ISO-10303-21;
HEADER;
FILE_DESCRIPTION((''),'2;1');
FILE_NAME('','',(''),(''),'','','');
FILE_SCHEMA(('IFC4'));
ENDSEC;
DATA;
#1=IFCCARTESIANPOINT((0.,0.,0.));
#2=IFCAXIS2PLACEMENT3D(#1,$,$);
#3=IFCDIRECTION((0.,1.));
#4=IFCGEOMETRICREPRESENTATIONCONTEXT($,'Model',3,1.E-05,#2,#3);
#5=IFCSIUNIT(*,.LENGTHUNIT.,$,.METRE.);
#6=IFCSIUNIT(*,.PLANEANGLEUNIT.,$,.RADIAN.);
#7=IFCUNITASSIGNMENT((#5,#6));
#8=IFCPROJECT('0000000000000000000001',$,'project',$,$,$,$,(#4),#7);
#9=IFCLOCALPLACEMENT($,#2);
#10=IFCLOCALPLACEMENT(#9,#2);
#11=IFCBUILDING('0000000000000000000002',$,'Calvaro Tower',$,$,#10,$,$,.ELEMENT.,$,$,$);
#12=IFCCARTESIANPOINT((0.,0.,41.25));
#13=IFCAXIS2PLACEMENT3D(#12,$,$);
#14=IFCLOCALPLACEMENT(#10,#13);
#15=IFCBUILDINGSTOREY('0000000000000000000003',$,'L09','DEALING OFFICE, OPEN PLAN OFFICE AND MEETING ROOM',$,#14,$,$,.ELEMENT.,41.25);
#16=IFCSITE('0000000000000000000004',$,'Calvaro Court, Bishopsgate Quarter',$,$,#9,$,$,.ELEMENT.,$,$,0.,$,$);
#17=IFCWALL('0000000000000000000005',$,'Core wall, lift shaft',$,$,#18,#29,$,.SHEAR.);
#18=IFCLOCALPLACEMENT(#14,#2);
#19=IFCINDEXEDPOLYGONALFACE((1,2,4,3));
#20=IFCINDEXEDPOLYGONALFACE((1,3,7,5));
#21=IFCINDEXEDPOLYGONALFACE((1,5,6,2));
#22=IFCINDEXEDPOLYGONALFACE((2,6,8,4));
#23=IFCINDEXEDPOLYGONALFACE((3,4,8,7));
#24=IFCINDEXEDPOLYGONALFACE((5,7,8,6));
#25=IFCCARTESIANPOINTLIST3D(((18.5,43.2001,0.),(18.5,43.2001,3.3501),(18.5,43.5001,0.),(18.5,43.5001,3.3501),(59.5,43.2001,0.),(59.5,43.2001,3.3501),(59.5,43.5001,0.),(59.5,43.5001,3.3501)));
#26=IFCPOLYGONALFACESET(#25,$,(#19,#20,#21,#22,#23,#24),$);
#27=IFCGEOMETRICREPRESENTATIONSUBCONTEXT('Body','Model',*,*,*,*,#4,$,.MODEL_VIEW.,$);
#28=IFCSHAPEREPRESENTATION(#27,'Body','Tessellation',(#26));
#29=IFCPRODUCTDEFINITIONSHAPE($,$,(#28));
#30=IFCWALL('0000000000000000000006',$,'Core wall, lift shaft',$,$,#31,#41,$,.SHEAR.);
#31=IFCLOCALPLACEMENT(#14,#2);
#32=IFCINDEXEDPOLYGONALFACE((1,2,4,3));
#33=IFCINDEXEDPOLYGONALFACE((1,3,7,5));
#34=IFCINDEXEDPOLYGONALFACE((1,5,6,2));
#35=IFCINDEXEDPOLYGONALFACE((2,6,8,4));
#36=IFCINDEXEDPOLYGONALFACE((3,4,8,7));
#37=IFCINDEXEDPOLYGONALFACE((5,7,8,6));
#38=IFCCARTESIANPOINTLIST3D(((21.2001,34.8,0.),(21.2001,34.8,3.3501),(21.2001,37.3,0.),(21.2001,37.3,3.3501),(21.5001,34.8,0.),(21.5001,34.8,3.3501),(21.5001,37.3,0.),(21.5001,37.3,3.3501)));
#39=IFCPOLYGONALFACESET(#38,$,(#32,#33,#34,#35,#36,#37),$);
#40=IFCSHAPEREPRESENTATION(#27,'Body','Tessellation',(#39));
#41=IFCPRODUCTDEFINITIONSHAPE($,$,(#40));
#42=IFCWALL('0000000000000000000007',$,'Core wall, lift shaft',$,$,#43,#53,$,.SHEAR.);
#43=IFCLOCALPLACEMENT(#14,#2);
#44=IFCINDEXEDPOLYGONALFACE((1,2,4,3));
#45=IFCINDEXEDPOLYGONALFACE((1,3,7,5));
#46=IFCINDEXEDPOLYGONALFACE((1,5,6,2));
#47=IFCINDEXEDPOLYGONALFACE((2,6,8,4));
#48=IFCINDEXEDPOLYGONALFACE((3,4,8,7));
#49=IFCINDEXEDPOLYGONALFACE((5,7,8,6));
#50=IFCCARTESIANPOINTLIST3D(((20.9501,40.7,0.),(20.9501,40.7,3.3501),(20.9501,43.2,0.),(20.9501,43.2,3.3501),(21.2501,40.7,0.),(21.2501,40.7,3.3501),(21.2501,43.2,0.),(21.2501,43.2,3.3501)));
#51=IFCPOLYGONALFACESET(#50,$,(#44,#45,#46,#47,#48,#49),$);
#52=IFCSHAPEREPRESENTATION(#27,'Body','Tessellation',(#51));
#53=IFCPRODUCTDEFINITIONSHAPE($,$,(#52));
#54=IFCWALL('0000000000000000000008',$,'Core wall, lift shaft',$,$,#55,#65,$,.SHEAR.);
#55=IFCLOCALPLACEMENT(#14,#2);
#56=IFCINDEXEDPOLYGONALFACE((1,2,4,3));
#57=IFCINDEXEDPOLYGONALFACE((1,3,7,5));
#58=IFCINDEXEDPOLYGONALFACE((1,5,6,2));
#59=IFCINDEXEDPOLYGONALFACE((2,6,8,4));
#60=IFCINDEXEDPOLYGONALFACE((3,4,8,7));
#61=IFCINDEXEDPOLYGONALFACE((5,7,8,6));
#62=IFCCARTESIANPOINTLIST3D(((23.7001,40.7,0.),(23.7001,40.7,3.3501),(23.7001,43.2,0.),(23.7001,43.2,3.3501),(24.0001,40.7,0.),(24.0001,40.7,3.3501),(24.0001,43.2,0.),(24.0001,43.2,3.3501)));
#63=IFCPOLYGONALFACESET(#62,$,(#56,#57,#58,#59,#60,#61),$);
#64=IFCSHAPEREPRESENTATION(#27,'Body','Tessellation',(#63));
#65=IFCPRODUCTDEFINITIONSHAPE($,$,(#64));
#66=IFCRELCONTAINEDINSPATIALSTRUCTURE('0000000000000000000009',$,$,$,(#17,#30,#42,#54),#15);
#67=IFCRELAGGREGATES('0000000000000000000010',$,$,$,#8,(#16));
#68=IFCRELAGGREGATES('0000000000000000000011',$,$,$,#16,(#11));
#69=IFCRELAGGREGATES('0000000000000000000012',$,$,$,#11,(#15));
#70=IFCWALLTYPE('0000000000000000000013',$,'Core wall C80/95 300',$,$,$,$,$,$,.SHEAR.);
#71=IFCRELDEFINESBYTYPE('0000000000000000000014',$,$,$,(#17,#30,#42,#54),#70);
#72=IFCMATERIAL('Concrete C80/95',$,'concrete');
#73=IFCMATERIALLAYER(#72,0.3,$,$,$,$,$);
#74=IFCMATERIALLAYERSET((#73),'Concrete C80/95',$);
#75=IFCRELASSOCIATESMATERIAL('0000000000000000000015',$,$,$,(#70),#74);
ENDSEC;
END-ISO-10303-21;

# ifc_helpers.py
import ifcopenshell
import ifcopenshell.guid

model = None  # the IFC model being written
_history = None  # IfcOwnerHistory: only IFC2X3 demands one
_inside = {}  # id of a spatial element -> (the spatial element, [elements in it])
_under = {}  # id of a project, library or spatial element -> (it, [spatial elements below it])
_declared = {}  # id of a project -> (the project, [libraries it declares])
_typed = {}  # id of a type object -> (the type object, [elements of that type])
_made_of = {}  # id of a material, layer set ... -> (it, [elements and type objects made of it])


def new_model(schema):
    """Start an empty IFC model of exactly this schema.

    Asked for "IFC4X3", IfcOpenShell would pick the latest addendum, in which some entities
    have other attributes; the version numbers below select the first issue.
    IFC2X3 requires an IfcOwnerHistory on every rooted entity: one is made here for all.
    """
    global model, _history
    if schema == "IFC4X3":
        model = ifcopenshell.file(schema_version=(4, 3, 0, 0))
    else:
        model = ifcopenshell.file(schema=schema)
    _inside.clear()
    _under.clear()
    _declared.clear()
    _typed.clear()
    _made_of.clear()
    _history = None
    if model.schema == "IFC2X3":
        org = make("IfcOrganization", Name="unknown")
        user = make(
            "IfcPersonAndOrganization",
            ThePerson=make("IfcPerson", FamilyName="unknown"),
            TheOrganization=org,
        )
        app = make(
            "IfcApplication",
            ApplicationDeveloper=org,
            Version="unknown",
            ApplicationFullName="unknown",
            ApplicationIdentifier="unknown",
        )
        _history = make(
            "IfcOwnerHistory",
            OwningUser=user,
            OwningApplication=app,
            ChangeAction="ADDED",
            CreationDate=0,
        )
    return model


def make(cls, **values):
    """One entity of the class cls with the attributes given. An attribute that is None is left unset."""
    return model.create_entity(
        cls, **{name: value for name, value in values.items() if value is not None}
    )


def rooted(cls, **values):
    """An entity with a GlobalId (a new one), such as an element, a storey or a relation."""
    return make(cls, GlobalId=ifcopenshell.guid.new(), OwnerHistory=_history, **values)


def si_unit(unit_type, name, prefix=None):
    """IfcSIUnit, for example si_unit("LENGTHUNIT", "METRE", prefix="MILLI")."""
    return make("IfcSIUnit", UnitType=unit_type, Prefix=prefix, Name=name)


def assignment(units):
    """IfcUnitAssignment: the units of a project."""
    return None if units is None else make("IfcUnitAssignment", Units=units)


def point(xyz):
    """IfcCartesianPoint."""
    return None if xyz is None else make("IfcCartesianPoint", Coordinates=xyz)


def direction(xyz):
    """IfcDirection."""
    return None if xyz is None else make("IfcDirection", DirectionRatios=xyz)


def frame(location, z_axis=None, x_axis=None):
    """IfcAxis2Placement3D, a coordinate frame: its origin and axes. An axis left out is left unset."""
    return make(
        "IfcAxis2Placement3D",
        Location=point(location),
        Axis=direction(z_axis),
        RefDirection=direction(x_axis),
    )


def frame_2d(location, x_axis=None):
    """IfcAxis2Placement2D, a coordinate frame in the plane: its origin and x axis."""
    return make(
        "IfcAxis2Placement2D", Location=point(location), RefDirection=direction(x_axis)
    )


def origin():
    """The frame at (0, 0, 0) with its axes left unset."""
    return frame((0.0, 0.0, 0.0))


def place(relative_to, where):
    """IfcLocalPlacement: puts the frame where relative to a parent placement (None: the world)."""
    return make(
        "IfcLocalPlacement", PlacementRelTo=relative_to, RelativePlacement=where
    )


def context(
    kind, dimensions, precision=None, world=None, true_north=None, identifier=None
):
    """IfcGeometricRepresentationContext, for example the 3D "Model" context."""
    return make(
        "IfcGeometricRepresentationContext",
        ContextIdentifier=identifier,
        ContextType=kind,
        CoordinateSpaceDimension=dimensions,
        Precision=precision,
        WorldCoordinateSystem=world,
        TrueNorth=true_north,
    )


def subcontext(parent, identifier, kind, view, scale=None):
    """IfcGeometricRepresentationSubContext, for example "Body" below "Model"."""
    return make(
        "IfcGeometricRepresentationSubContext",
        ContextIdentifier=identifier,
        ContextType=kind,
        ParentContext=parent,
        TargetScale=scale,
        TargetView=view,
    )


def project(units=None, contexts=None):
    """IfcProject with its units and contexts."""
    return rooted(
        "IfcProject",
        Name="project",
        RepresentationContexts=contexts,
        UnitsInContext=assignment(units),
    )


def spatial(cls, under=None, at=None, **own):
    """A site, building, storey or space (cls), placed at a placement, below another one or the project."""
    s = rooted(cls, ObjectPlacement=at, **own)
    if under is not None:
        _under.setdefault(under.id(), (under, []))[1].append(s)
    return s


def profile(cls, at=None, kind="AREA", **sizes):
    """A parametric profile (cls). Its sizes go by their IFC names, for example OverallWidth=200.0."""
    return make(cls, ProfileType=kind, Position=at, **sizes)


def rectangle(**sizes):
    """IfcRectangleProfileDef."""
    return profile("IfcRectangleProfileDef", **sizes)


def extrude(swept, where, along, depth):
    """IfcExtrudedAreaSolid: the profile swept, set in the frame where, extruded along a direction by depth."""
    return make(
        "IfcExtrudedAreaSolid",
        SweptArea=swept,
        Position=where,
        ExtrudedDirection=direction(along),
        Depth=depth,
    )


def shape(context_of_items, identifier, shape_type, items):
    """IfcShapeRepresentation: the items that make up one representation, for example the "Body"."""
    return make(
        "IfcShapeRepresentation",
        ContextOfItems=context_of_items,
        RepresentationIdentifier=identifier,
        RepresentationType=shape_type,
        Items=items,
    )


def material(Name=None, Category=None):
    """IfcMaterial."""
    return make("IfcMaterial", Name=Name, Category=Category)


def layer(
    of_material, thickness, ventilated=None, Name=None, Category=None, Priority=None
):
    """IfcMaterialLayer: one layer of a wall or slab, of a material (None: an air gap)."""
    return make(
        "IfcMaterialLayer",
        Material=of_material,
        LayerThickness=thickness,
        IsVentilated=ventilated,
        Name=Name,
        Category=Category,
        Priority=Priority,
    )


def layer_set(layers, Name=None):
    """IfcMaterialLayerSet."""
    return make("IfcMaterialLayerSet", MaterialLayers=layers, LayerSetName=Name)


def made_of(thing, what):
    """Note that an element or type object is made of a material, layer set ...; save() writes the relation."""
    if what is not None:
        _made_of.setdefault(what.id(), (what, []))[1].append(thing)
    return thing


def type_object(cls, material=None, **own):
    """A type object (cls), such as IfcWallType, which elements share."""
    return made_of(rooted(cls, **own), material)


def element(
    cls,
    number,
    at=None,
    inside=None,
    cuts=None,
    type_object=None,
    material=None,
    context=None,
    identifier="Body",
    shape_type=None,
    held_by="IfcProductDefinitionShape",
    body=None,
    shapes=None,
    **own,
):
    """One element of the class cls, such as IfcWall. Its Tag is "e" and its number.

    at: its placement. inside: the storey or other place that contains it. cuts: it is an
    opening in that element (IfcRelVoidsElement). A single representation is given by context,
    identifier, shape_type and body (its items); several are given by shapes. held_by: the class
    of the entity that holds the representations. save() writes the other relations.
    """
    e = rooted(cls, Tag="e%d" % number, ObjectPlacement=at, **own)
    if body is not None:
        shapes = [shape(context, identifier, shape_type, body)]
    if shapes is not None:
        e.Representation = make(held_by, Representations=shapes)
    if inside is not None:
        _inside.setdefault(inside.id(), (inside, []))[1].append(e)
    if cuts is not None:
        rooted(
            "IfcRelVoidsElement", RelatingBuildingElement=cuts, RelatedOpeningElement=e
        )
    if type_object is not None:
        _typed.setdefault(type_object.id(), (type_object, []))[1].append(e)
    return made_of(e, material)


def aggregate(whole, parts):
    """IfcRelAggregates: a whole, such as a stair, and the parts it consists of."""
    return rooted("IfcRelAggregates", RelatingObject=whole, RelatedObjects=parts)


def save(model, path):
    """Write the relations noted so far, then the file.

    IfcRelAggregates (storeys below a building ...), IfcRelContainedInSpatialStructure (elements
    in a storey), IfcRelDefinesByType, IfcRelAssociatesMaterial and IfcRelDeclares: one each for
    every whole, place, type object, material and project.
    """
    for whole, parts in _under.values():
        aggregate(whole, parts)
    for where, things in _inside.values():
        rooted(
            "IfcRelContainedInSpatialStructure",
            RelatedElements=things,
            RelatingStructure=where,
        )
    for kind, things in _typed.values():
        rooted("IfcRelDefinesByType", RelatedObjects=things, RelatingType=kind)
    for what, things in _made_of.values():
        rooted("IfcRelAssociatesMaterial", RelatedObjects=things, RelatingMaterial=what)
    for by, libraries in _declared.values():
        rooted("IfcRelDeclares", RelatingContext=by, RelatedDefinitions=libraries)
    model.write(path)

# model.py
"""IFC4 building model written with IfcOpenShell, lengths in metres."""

from ifc_helpers import new_model, si_unit, direction, frame, frame_2d, origin, place, context, subcontext, project, spatial, rectangle, extrude, material, layer, layer_set, type_object, element, save


model = new_model("IFC4")

# Units and contexts
model_context = context("Model", 3, precision=1e-05, world=origin(), true_north=direction((0.0, 1.0)))
body_context = subcontext(model_context, "Body", "Model", "MODEL_VIEW")
ifc_project = project(units=[si_unit("LENGTHUNIT", "METRE"), si_unit("PLANEANGLEUNIT", "RADIAN")], contexts=[model_context])

# Site, building, storey
site_placement = place(None, origin())
site = spatial("IfcSite", under=ifc_project, at=site_placement, Name="Calvaro Court, Bishopsgate Quarter", CompositionType="ELEMENT", RefElevation=0.0)
building_placement = place(site_placement, origin())
building = spatial("IfcBuilding", under=site, at=building_placement, Name="Calvaro Tower", CompositionType="ELEMENT")
storey_placement = place(building_placement, frame((0.0, 0.0, 41.25)))
storey = spatial("IfcBuildingStorey", under=building, at=storey_placement, Name="L09", Description="DEALING OFFICE, OPEN PLAN OFFICE AND MEETING ROOM", CompositionType="ELEMENT", Elevation=41.25)

# Shared definitions
ifc_material_1 = material(Name="Concrete C80/95", Category="concrete")
ifc_layer_1 = layer(ifc_material_1, 0.3)
ifc_layer_set_1 = layer_set([ifc_layer_1], Name="Concrete C80/95")
wall_type_1 = type_object("IfcWallType", Name="Core wall C80/95 300", PredefinedType="SHEAR", material=ifc_layer_set_1)

# Walls
wall_1_placement = place(storey_placement, frame((18.5, 43.3501, 0.0), z_axis=(0.0, 0.0, 1.0), x_axis=(1.0, 0.0, 0.0)))
element("IfcWall", 1, at=wall_1_placement, inside=storey, type_object=wall_type_1, Name="Core wall, lift shaft", PredefinedType="SHEAR", context=body_context, shape_type="SweptSolid", body=[
    extrude(rectangle(XDim=41.0, YDim=0.3, at=frame_2d((20.5, 0.0))), origin(), (0.0, 0.0, 1.0), 3.3501),
])
for number, where, z_axis, x_axis, name in (
    (2, (21.3501, 34.8, 0.0), (0.0, 0.0, 1.0), (0.0, 1.0, 0.0), "Core wall, lift shaft"),
    (3, (21.1001, 40.7, 0.0), (0.0, 0.0, 1.0), (0.0, 1.0, 0.0), "Core wall, lift shaft"),
    (4, (23.8501, 40.7, 0.0), (0.0, 0.0, 1.0), (0.0, 1.0, 0.0), "Core wall, lift shaft"),
):
    element("IfcWall", number, at=place(storey_placement, frame(where, z_axis=z_axis, x_axis=x_axis)), inside=storey, type_object=wall_type_1, Name=name, PredefinedType="SHEAR", context=body_context, shape_type="SweptSolid", body=[
        extrude(rectangle(XDim=2.5, YDim=0.3, at=frame_2d((1.25, 0.0))), origin(), (0.0, 0.0, 1.0), 3.3501),
    ])

save(model, "model.ifc")
